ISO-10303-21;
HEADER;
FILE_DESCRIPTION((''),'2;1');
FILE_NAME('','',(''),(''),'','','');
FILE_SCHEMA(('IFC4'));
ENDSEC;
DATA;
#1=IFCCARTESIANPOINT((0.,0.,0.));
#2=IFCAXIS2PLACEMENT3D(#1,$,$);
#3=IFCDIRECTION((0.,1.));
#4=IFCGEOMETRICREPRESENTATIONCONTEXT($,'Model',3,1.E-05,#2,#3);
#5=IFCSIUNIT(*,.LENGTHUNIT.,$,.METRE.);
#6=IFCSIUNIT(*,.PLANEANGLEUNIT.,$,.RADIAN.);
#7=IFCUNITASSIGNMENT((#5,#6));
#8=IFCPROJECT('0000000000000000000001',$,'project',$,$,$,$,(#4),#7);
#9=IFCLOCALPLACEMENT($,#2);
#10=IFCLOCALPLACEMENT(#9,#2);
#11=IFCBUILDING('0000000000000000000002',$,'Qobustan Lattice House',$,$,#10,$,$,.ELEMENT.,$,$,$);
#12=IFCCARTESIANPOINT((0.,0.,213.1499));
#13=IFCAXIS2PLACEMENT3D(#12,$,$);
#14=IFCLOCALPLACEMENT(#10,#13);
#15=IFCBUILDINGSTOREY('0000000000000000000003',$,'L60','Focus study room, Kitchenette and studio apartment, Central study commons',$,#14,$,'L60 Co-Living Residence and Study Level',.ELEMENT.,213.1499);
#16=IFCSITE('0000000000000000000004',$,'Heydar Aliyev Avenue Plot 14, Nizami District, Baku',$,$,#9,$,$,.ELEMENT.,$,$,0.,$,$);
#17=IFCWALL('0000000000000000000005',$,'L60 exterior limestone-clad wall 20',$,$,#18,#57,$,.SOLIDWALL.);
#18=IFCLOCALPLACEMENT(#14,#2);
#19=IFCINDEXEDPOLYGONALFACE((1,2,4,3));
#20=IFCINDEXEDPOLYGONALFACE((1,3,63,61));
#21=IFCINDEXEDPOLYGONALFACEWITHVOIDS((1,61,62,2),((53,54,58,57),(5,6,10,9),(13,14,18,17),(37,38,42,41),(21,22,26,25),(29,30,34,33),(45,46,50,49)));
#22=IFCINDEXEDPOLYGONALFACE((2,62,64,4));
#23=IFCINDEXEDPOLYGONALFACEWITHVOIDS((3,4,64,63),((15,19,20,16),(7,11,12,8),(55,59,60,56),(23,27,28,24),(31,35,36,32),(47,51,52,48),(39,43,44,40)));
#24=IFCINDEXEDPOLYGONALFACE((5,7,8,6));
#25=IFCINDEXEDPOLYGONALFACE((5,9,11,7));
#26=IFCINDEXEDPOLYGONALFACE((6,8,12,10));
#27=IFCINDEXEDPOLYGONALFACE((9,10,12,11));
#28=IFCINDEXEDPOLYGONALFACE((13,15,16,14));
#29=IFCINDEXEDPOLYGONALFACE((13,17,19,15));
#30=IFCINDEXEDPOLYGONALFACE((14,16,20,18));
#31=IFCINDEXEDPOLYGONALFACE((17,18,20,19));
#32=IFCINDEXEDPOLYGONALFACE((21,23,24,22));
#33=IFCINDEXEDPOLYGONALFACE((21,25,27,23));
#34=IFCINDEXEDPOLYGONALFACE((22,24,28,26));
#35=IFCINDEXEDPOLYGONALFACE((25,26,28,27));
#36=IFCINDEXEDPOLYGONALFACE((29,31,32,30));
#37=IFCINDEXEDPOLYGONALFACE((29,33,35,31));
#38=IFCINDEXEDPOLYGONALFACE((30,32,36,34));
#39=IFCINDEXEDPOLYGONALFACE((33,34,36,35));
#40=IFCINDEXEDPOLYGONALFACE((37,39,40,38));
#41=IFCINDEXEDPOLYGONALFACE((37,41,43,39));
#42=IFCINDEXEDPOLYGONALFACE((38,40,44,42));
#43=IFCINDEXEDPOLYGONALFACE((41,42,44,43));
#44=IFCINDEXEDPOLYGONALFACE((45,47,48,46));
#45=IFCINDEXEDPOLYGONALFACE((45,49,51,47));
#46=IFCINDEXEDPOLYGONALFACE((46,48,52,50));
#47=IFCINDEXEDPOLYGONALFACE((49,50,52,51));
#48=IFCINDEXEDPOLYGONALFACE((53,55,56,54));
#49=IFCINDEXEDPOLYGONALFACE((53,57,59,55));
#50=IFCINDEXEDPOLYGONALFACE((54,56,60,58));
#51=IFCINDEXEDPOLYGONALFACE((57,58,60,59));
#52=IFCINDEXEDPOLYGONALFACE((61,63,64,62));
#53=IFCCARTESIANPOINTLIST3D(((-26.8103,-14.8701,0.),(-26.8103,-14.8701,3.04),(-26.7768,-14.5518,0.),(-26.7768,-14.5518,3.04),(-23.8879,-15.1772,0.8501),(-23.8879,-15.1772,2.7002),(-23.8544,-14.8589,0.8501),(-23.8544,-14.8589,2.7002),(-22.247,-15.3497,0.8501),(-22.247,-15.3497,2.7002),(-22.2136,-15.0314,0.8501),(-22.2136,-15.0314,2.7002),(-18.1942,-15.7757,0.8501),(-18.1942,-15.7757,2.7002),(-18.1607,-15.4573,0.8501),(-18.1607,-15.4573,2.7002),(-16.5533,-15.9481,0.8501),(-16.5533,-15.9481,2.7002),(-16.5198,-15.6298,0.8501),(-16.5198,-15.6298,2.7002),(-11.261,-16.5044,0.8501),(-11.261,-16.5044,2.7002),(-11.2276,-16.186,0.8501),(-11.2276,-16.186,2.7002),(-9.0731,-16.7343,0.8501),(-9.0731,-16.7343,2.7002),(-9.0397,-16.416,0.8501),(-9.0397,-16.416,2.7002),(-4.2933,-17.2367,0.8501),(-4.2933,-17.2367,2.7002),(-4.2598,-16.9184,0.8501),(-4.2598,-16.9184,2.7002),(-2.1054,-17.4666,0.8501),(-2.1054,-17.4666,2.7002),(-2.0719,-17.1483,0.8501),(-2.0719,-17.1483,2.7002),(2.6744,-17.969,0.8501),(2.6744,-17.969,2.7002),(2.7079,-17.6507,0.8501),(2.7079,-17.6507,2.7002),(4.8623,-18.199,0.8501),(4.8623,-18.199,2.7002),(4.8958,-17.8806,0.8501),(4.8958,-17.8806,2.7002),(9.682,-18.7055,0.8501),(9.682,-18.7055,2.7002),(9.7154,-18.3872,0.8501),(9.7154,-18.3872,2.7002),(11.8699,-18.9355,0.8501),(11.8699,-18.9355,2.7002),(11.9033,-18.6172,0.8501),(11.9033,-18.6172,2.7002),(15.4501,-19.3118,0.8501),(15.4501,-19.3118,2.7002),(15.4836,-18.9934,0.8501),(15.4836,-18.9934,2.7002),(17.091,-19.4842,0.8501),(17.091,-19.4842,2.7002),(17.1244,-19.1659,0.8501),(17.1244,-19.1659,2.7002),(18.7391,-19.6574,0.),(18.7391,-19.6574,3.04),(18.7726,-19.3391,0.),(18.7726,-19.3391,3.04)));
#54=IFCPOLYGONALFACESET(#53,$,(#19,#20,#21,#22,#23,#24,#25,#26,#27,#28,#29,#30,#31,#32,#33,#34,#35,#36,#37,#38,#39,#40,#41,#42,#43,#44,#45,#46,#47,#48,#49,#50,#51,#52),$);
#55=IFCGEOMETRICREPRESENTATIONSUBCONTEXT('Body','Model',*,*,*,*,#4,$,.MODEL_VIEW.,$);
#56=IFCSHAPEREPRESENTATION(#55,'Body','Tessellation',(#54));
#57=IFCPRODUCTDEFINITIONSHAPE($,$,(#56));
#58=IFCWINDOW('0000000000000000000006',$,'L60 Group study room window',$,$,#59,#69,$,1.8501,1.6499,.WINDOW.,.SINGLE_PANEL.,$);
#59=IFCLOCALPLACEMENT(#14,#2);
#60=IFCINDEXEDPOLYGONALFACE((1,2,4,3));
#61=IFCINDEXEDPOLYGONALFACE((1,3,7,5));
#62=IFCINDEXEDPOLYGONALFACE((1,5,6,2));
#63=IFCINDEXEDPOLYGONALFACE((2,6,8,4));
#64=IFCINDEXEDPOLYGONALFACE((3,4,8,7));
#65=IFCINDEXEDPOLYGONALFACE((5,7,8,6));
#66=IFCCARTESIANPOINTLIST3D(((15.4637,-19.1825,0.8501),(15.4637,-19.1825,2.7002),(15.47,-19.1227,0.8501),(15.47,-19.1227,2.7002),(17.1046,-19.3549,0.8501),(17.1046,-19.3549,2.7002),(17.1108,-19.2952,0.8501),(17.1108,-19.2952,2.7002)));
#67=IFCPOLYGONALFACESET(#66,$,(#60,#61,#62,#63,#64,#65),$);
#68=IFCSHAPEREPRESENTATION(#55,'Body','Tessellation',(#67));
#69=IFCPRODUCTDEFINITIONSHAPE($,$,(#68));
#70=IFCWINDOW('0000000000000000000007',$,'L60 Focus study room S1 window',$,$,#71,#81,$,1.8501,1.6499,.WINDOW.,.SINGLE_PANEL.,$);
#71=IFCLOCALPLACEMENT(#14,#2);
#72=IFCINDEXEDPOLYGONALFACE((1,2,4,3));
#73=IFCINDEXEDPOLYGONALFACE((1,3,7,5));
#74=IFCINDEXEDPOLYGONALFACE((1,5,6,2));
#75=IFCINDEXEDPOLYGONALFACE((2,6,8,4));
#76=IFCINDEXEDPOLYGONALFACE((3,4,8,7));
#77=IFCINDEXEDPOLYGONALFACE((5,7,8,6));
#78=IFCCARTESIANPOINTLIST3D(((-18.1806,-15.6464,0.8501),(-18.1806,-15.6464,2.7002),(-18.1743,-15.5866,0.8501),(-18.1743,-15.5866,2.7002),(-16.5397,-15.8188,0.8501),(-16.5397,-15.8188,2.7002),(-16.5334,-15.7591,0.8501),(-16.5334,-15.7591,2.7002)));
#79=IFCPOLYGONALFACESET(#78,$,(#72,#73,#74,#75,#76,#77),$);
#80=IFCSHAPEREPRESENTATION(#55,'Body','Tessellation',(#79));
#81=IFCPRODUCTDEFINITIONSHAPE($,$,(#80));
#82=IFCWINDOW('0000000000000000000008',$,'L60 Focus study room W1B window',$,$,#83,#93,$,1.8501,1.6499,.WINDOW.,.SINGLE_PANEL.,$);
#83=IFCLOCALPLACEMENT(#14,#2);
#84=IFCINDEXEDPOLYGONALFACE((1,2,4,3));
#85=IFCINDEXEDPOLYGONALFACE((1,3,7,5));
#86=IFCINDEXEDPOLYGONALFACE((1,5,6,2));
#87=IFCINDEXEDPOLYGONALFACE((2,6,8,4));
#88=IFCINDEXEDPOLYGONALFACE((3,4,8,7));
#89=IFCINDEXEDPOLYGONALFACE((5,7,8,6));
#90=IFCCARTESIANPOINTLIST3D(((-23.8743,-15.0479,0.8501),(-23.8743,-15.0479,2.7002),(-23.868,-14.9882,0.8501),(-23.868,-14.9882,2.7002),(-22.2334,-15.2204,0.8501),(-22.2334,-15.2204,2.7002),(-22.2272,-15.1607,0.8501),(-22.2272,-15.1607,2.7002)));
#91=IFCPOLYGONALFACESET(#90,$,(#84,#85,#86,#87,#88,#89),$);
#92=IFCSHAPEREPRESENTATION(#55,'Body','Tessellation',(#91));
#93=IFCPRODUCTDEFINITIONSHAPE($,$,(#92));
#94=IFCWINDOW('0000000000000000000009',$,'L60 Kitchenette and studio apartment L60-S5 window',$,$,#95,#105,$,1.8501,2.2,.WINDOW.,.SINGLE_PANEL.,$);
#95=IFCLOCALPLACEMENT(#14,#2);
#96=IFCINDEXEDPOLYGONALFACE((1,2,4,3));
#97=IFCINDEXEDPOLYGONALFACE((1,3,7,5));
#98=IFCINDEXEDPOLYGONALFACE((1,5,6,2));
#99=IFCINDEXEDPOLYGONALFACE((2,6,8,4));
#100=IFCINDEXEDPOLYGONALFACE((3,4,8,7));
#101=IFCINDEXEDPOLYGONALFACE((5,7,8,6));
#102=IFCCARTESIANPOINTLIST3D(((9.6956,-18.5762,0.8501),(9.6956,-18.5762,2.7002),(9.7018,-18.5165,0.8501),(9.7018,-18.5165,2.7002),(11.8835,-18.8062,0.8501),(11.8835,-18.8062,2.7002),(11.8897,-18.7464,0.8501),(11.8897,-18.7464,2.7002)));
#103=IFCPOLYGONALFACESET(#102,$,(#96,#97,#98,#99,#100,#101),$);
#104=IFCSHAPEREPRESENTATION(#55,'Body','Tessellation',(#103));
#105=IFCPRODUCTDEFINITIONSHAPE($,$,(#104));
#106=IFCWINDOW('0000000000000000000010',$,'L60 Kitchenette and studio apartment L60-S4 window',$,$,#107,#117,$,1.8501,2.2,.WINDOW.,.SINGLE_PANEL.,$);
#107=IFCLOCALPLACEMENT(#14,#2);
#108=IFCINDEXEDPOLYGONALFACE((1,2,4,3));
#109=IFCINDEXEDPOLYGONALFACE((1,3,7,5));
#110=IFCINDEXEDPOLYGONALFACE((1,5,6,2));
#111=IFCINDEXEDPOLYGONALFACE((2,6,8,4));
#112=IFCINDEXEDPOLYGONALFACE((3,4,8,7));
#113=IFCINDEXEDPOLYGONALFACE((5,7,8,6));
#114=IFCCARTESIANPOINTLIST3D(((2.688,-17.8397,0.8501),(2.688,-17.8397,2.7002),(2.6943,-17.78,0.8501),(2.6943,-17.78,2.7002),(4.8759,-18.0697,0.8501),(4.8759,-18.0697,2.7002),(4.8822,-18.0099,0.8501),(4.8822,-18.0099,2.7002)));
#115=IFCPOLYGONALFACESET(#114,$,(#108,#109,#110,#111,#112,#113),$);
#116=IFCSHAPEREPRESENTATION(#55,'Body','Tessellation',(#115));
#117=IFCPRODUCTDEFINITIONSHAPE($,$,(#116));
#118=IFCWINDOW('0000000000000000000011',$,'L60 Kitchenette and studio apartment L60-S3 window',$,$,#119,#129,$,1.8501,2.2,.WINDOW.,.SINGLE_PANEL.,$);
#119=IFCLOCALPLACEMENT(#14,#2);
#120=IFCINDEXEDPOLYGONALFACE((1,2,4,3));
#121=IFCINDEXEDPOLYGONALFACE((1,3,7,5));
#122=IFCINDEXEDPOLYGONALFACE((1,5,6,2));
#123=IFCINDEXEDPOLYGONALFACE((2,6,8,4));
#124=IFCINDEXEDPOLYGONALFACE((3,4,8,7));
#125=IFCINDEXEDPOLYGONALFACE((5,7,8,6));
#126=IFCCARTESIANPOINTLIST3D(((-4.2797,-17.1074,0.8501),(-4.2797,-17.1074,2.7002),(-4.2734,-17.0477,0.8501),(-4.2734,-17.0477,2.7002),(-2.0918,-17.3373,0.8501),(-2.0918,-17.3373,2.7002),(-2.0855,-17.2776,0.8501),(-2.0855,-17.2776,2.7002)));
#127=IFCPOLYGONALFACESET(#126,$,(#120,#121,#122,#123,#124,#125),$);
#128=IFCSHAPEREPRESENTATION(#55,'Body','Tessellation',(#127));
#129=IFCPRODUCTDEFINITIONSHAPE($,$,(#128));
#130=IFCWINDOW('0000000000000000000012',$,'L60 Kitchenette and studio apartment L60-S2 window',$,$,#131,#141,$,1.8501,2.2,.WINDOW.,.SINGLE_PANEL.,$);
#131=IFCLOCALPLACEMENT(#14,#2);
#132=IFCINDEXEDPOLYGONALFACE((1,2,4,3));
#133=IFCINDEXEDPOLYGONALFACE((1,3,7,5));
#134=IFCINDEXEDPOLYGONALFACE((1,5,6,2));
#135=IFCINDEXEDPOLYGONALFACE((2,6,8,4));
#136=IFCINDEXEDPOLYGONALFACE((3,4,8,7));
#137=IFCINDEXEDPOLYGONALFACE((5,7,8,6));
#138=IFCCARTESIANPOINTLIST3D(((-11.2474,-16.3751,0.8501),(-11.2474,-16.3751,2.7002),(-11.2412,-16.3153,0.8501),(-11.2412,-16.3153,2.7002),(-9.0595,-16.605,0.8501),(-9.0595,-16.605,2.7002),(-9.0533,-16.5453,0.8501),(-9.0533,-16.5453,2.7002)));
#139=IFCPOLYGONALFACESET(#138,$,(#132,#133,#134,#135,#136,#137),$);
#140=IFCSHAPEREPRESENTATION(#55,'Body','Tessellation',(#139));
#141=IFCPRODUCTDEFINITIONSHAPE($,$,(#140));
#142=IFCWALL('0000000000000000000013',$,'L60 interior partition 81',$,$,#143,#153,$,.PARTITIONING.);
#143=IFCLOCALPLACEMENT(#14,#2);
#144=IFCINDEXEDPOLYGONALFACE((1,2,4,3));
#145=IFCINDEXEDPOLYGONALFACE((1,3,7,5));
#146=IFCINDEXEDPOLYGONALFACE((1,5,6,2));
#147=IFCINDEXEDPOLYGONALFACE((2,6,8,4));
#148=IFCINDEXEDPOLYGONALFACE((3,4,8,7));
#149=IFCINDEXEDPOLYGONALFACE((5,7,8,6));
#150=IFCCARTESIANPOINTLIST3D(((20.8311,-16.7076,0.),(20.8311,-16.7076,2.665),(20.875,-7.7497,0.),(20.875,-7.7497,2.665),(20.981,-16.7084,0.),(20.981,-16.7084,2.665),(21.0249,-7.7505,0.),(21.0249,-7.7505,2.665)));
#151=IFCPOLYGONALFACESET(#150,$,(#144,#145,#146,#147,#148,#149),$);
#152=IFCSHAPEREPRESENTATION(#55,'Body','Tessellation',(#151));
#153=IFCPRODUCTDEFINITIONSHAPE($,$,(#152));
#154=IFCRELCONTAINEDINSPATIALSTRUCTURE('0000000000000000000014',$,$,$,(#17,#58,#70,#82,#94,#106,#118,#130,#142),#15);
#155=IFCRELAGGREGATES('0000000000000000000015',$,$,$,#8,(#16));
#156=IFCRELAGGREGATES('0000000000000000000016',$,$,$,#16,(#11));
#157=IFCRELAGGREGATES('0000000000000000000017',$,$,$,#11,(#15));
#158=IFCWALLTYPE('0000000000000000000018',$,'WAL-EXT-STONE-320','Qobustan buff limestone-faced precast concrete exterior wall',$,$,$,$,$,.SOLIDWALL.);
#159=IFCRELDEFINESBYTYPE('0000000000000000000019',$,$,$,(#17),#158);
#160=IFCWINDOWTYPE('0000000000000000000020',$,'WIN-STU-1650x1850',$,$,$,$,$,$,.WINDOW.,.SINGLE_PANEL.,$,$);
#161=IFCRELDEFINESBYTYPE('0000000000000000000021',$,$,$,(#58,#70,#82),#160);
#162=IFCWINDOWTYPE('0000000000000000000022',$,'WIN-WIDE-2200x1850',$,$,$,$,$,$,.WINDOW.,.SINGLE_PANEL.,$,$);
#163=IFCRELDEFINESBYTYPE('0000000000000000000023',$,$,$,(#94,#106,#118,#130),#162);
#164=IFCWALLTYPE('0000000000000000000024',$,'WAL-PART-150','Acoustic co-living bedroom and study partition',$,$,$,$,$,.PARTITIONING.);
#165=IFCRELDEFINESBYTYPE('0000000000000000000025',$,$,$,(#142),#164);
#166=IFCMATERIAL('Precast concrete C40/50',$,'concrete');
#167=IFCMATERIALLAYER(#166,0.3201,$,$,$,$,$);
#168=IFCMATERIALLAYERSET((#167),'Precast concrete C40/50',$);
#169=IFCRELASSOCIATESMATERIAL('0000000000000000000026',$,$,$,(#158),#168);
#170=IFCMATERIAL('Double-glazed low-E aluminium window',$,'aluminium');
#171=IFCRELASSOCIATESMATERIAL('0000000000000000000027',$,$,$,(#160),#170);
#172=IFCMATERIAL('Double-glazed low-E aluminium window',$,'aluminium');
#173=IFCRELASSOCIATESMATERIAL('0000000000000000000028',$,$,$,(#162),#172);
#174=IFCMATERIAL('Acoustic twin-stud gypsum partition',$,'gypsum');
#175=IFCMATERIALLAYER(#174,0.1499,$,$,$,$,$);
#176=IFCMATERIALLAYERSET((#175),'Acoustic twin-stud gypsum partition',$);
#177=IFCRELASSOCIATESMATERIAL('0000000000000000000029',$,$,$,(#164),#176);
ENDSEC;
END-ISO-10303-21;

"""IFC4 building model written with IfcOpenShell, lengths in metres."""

from ifc_helpers import new_model, si_unit, direction, frame, frame_2d, origin, place, context, subcontext, project, spatial, rectangle, extrude, material, layer, layer_set, type_object, element, fill, save


model = new_model("IFC4")

# Units and contexts
model_context = context("Model", 3, precision=1e-05, world=origin(), true_north=direction((0.0, 1.0)))
body_context = subcontext(model_context, "Body", "Model", "MODEL_VIEW")
ifc_project = project(units=[si_unit("LENGTHUNIT", "METRE"), si_unit("PLANEANGLEUNIT", "RADIAN")], contexts=[model_context])

# Site, building, storey
site_placement = place(None, origin())
site = spatial("IfcSite", under=ifc_project, at=site_placement, Name="Heydar Aliyev Avenue Plot 14, Nizami District, Baku", CompositionType="ELEMENT", RefElevation=0.0)
building_placement = place(site_placement, origin())
building = spatial("IfcBuilding", under=site, at=building_placement, Name="Qobustan Lattice House", CompositionType="ELEMENT")
storey_placement = place(building_placement, frame((0.0, 0.0, 213.1499)))
storey = spatial("IfcBuildingStorey", under=building, at=storey_placement, Name="L60", Description="Focus study room, Kitchenette and studio apartment, Central study commons", LongName="L60 Co-Living Residence and Study Level", CompositionType="ELEMENT", Elevation=213.1499)

# Shared definitions
ifc_material_1 = material(Name="Precast concrete C40/50", Category="concrete")
ifc_layer_1 = layer(ifc_material_1, 0.3201)
ifc_layer_set_1 = layer_set([ifc_layer_1], Name="Precast concrete C40/50")
wall_type_1 = type_object("IfcWallType", Name="WAL-EXT-STONE-320", Description="Qobustan buff limestone-faced precast concrete exterior wall", PredefinedType="SOLIDWALL", material=ifc_layer_set_1)

# Wall, openings, windows
wall_1_placement = place(storey_placement, frame((18.7559, -19.4983, 0.0), z_axis=(0.0, 0.0, 1.0), x_axis=(-0.994522, 0.104527, 0.0)))
wall_1 = element("IfcWall", 1, at=wall_1_placement, inside=storey, type_object=wall_type_1, Name="L60 exterior limestone-clad wall 20", PredefinedType="SOLIDWALL", context=body_context, shape_type="SweptSolid", body=[
    extrude(rectangle(XDim=45.8003, YDim=0.3201, at=frame_2d((22.9001, 0.0))), origin(), (0.0, 0.0, 1.0), 3.04),
])
opening_1_placement = place(wall_1_placement, frame((1.6572, 0.0, 0.8501)))
opening_1 = element("IfcOpeningElement", 2, at=opening_1_placement, cuts=wall_1, PredefinedType="OPENING", context=body_context, shape_type="SweptSolid", body=[
    extrude(rectangle(XDim=1.6499, YDim=1.8501, at=frame_2d((0.825, 0.925))), frame((0.0, 0.1699, 0.0), z_axis=(0.0, -1.0, 0.0), x_axis=(1.0, 0.0, 0.0)), (0.0, 0.0, 1.0), 0.3401),
])
opening_2_placement = place(wall_1_placement, frame((6.907, 0.0, 0.8501)))
opening_2 = element("IfcOpeningElement", 3, at=opening_2_placement, cuts=wall_1, PredefinedType="OPENING", context=body_context, shape_type="SweptSolid", body=[
    extrude(rectangle(XDim=2.2, YDim=1.8501, at=frame_2d((1.1001, 0.925))), frame((0.0, 0.1699, 0.0), z_axis=(0.0, -1.0, 0.0), x_axis=(1.0, 0.0, 0.0)), (0.0, 0.0, 1.0), 0.3401),
])
opening_3_placement = place(wall_1_placement, frame((13.9531, 0.0, 0.8501)))
opening_3 = element("IfcOpeningElement", 4, at=opening_3_placement, cuts=wall_1, PredefinedType="OPENING", context=body_context, shape_type="SweptSolid", body=[
    extrude(rectangle(XDim=2.2, YDim=1.8501, at=frame_2d((1.1001, 0.925))), frame((0.0, 0.1699, 0.0), z_axis=(0.0, -1.0, 0.0), x_axis=(1.0, 0.0, 0.0)), (0.0, 0.0, 1.0), 0.3401),
])
opening_4_placement = place(wall_1_placement, frame((20.9592, 0.0, 0.8501)))
opening_4 = element("IfcOpeningElement", 5, at=opening_4_placement, cuts=wall_1, PredefinedType="OPENING", context=body_context, shape_type="SweptSolid", body=[
    extrude(rectangle(XDim=2.2, YDim=1.8501, at=frame_2d((1.1001, 0.925))), frame((0.0, 0.1699, 0.0), z_axis=(0.0, -1.0, 0.0), x_axis=(1.0, 0.0, 0.0)), (0.0, 0.0, 1.0), 0.3401),
])
opening_5_placement = place(wall_1_placement, frame((27.9653, 0.0, 0.8501)))
opening_5 = element("IfcOpeningElement", 6, at=opening_5_placement, cuts=wall_1, PredefinedType="OPENING", context=body_context, shape_type="SweptSolid", body=[
    extrude(rectangle(XDim=2.2, YDim=1.8501, at=frame_2d((1.1001, 0.925))), frame((0.0, 0.1699, 0.0), z_axis=(0.0, -1.0, 0.0), x_axis=(1.0, 0.0, 0.0)), (0.0, 0.0, 1.0), 0.3401),
])
opening_6_placement = place(wall_1_placement, frame((35.4868, 0.0, 0.8501)))
opening_6 = element("IfcOpeningElement", 7, at=opening_6_placement, cuts=wall_1, PredefinedType="OPENING", context=body_context, shape_type="SweptSolid", body=[
    extrude(rectangle(XDim=1.6499, YDim=1.8501, at=frame_2d((0.825, 0.925))), frame((0.0, 0.1699, 0.0), z_axis=(0.0, -1.0, 0.0), x_axis=(1.0, 0.0, 0.0)), (0.0, 0.0, 1.0), 0.3401),
])
opening_7_placement = place(wall_1_placement, frame((41.2119, 0.0, 0.8501)))
opening_7 = element("IfcOpeningElement", 8, at=opening_7_placement, cuts=wall_1, PredefinedType="OPENING", context=body_context, shape_type="SweptSolid", body=[
    extrude(rectangle(XDim=1.6499, YDim=1.8501, at=frame_2d((0.825, 0.925))), frame((0.0, 0.1699, 0.0), z_axis=(0.0, -1.0, 0.0), x_axis=(1.0, 0.0, 0.0)), (0.0, 0.0, 1.0), 0.3401),
])
ifc_material_2 = material(Name="Double-glazed low-E aluminium window", Category="aluminium")
window_type_1 = type_object("IfcWindowType", Name="WIN-STU-1650x1850", PartitioningType="SINGLE_PANEL", PredefinedType="WINDOW", material=ifc_material_2)
window_1_placement = place(opening_1_placement, origin())
window_1 = element("IfcWindow", 9, at=window_1_placement, inside=storey, type_object=window_type_1, Name="L60 Group study room window", OverallHeight=1.8501, OverallWidth=1.6499, PartitioningType="SINGLE_PANEL", PredefinedType="WINDOW", context=body_context, shape_type="SweptSolid", body=[
    extrude(rectangle(XDim=1.6499, YDim=1.8501, at=frame_2d((0.825, 0.925))), frame((0.0, 0.03, 0.0), z_axis=(0.0, -1.0, 0.0), x_axis=(1.0, 0.0, 0.0)), (0.0, 0.0, 1.0), 0.0601),
])
fill(opening_1, window_1)
window_2_placement = place(opening_6_placement, origin())
window_2 = element("IfcWindow", 10, at=window_2_placement, inside=storey, type_object=window_type_1, Name="L60 Focus study room S1 window", OverallHeight=1.8501, OverallWidth=1.6499, PartitioningType="SINGLE_PANEL", PredefinedType="WINDOW", context=body_context, shape_type="SweptSolid", body=[
    extrude(rectangle(XDim=1.6499, YDim=1.8501, at=frame_2d((0.825, 0.925))), frame((0.0, 0.03, 0.0), z_axis=(0.0, -1.0, 0.0), x_axis=(1.0, 0.0, 0.0)), (0.0, 0.0, 1.0), 0.0601),
])
fill(opening_6, window_2)
window_3_placement = place(opening_7_placement, origin())
window_3 = element("IfcWindow", 11, at=window_3_placement, inside=storey, type_object=window_type_1, Name="L60 Focus study room W1B window", OverallHeight=1.8501, OverallWidth=1.6499, PartitioningType="SINGLE_PANEL", PredefinedType="WINDOW", context=body_context, shape_type="SweptSolid", body=[
    extrude(rectangle(XDim=1.6499, YDim=1.8501, at=frame_2d((0.825, 0.925))), frame((0.0, 0.03, 0.0), z_axis=(0.0, -1.0, 0.0), x_axis=(1.0, 0.0, 0.0)), (0.0, 0.0, 1.0), 0.0601),
])
fill(opening_7, window_3)
ifc_material_3 = material(Name="Double-glazed low-E aluminium window", Category="aluminium")
window_type_2 = type_object("IfcWindowType", Name="WIN-WIDE-2200x1850", PartitioningType="SINGLE_PANEL", PredefinedType="WINDOW", material=ifc_material_3)
window_4_placement = place(opening_2_placement, origin())
window_4 = element("IfcWindow", 12, at=window_4_placement, inside=storey, type_object=window_type_2, Name="L60 Kitchenette and studio apartment L60-S5 window", OverallHeight=1.8501, OverallWidth=2.2, PartitioningType="SINGLE_PANEL", PredefinedType="WINDOW", context=body_context, shape_type="SweptSolid", body=[
    extrude(rectangle(XDim=2.2, YDim=1.8501, at=frame_2d((1.1001, 0.925))), frame((0.0, 0.03, 0.0), z_axis=(0.0, -1.0, 0.0), x_axis=(1.0, 0.0, 0.0)), (0.0, 0.0, 1.0), 0.0601),
])
fill(opening_2, window_4)
window_5_placement = place(opening_3_placement, origin())
window_5 = element("IfcWindow", 13, at=window_5_placement, inside=storey, type_object=window_type_2, Name="L60 Kitchenette and studio apartment L60-S4 window", OverallHeight=1.8501, OverallWidth=2.2, PartitioningType="SINGLE_PANEL", PredefinedType="WINDOW", context=body_context, shape_type="SweptSolid", body=[
    extrude(rectangle(XDim=2.2, YDim=1.8501, at=frame_2d((1.1001, 0.925))), frame((0.0, 0.03, 0.0), z_axis=(0.0, -1.0, 0.0), x_axis=(1.0, 0.0, 0.0)), (0.0, 0.0, 1.0), 0.0601),
])
fill(opening_3, window_5)
window_6_placement = place(opening_4_placement, origin())
window_6 = element("IfcWindow", 14, at=window_6_placement, inside=storey, type_object=window_type_2, Name="L60 Kitchenette and studio apartment L60-S3 window", OverallHeight=1.8501, OverallWidth=2.2, PartitioningType="SINGLE_PANEL", PredefinedType="WINDOW", context=body_context, shape_type="SweptSolid", body=[
    extrude(rectangle(XDim=2.2, YDim=1.8501, at=frame_2d((1.1001, 0.925))), frame((0.0, 0.03, 0.0), z_axis=(0.0, -1.0, 0.0), x_axis=(1.0, 0.0, 0.0)), (0.0, 0.0, 1.0), 0.0601),
])
fill(opening_4, window_6)
window_7_placement = place(opening_5_placement, origin())
window_7 = element("IfcWindow", 15, at=window_7_placement, inside=storey, type_object=window_type_2, Name="L60 Kitchenette and studio apartment L60-S2 window", OverallHeight=1.8501, OverallWidth=2.2, PartitioningType="SINGLE_PANEL", PredefinedType="WINDOW", context=body_context, shape_type="SweptSolid", body=[
    extrude(rectangle(XDim=2.2, YDim=1.8501, at=frame_2d((1.1001, 0.925))), frame((0.0, 0.03, 0.0), z_axis=(0.0, -1.0, 0.0), x_axis=(1.0, 0.0, 0.0)), (0.0, 0.0, 1.0), 0.0601),
])
fill(opening_5, window_7)

# Wall
ifc_material_4 = material(Name="Acoustic twin-stud gypsum partition", Category="gypsum")
ifc_layer_2 = layer(ifc_material_4, 0.1499)
ifc_layer_set_2 = layer_set([ifc_layer_2], Name="Acoustic twin-stud gypsum partition")
wall_type_2 = type_object("IfcWallType", Name="WAL-PART-150", Description="Acoustic co-living bedroom and study partition", PredefinedType="PARTITIONING", material=ifc_layer_set_2)
wall_2_placement = place(storey_placement, frame((20.906, -16.708, 0.0), z_axis=(0.0, 0.0, 1.0), x_axis=(0.004906, 0.999988, 0.0)))
element("IfcWall", 16, at=wall_2_placement, inside=storey, type_object=wall_type_2, Name="L60 interior partition 81", PredefinedType="PARTITIONING", context=body_context, shape_type="SweptSolid", body=[
    extrude(rectangle(XDim=8.958, YDim=0.1499, at=frame_2d((4.479, 0.0))), origin(), (0.0, 0.0, 1.0), 2.665),
])

save(model, "model.ifc")
